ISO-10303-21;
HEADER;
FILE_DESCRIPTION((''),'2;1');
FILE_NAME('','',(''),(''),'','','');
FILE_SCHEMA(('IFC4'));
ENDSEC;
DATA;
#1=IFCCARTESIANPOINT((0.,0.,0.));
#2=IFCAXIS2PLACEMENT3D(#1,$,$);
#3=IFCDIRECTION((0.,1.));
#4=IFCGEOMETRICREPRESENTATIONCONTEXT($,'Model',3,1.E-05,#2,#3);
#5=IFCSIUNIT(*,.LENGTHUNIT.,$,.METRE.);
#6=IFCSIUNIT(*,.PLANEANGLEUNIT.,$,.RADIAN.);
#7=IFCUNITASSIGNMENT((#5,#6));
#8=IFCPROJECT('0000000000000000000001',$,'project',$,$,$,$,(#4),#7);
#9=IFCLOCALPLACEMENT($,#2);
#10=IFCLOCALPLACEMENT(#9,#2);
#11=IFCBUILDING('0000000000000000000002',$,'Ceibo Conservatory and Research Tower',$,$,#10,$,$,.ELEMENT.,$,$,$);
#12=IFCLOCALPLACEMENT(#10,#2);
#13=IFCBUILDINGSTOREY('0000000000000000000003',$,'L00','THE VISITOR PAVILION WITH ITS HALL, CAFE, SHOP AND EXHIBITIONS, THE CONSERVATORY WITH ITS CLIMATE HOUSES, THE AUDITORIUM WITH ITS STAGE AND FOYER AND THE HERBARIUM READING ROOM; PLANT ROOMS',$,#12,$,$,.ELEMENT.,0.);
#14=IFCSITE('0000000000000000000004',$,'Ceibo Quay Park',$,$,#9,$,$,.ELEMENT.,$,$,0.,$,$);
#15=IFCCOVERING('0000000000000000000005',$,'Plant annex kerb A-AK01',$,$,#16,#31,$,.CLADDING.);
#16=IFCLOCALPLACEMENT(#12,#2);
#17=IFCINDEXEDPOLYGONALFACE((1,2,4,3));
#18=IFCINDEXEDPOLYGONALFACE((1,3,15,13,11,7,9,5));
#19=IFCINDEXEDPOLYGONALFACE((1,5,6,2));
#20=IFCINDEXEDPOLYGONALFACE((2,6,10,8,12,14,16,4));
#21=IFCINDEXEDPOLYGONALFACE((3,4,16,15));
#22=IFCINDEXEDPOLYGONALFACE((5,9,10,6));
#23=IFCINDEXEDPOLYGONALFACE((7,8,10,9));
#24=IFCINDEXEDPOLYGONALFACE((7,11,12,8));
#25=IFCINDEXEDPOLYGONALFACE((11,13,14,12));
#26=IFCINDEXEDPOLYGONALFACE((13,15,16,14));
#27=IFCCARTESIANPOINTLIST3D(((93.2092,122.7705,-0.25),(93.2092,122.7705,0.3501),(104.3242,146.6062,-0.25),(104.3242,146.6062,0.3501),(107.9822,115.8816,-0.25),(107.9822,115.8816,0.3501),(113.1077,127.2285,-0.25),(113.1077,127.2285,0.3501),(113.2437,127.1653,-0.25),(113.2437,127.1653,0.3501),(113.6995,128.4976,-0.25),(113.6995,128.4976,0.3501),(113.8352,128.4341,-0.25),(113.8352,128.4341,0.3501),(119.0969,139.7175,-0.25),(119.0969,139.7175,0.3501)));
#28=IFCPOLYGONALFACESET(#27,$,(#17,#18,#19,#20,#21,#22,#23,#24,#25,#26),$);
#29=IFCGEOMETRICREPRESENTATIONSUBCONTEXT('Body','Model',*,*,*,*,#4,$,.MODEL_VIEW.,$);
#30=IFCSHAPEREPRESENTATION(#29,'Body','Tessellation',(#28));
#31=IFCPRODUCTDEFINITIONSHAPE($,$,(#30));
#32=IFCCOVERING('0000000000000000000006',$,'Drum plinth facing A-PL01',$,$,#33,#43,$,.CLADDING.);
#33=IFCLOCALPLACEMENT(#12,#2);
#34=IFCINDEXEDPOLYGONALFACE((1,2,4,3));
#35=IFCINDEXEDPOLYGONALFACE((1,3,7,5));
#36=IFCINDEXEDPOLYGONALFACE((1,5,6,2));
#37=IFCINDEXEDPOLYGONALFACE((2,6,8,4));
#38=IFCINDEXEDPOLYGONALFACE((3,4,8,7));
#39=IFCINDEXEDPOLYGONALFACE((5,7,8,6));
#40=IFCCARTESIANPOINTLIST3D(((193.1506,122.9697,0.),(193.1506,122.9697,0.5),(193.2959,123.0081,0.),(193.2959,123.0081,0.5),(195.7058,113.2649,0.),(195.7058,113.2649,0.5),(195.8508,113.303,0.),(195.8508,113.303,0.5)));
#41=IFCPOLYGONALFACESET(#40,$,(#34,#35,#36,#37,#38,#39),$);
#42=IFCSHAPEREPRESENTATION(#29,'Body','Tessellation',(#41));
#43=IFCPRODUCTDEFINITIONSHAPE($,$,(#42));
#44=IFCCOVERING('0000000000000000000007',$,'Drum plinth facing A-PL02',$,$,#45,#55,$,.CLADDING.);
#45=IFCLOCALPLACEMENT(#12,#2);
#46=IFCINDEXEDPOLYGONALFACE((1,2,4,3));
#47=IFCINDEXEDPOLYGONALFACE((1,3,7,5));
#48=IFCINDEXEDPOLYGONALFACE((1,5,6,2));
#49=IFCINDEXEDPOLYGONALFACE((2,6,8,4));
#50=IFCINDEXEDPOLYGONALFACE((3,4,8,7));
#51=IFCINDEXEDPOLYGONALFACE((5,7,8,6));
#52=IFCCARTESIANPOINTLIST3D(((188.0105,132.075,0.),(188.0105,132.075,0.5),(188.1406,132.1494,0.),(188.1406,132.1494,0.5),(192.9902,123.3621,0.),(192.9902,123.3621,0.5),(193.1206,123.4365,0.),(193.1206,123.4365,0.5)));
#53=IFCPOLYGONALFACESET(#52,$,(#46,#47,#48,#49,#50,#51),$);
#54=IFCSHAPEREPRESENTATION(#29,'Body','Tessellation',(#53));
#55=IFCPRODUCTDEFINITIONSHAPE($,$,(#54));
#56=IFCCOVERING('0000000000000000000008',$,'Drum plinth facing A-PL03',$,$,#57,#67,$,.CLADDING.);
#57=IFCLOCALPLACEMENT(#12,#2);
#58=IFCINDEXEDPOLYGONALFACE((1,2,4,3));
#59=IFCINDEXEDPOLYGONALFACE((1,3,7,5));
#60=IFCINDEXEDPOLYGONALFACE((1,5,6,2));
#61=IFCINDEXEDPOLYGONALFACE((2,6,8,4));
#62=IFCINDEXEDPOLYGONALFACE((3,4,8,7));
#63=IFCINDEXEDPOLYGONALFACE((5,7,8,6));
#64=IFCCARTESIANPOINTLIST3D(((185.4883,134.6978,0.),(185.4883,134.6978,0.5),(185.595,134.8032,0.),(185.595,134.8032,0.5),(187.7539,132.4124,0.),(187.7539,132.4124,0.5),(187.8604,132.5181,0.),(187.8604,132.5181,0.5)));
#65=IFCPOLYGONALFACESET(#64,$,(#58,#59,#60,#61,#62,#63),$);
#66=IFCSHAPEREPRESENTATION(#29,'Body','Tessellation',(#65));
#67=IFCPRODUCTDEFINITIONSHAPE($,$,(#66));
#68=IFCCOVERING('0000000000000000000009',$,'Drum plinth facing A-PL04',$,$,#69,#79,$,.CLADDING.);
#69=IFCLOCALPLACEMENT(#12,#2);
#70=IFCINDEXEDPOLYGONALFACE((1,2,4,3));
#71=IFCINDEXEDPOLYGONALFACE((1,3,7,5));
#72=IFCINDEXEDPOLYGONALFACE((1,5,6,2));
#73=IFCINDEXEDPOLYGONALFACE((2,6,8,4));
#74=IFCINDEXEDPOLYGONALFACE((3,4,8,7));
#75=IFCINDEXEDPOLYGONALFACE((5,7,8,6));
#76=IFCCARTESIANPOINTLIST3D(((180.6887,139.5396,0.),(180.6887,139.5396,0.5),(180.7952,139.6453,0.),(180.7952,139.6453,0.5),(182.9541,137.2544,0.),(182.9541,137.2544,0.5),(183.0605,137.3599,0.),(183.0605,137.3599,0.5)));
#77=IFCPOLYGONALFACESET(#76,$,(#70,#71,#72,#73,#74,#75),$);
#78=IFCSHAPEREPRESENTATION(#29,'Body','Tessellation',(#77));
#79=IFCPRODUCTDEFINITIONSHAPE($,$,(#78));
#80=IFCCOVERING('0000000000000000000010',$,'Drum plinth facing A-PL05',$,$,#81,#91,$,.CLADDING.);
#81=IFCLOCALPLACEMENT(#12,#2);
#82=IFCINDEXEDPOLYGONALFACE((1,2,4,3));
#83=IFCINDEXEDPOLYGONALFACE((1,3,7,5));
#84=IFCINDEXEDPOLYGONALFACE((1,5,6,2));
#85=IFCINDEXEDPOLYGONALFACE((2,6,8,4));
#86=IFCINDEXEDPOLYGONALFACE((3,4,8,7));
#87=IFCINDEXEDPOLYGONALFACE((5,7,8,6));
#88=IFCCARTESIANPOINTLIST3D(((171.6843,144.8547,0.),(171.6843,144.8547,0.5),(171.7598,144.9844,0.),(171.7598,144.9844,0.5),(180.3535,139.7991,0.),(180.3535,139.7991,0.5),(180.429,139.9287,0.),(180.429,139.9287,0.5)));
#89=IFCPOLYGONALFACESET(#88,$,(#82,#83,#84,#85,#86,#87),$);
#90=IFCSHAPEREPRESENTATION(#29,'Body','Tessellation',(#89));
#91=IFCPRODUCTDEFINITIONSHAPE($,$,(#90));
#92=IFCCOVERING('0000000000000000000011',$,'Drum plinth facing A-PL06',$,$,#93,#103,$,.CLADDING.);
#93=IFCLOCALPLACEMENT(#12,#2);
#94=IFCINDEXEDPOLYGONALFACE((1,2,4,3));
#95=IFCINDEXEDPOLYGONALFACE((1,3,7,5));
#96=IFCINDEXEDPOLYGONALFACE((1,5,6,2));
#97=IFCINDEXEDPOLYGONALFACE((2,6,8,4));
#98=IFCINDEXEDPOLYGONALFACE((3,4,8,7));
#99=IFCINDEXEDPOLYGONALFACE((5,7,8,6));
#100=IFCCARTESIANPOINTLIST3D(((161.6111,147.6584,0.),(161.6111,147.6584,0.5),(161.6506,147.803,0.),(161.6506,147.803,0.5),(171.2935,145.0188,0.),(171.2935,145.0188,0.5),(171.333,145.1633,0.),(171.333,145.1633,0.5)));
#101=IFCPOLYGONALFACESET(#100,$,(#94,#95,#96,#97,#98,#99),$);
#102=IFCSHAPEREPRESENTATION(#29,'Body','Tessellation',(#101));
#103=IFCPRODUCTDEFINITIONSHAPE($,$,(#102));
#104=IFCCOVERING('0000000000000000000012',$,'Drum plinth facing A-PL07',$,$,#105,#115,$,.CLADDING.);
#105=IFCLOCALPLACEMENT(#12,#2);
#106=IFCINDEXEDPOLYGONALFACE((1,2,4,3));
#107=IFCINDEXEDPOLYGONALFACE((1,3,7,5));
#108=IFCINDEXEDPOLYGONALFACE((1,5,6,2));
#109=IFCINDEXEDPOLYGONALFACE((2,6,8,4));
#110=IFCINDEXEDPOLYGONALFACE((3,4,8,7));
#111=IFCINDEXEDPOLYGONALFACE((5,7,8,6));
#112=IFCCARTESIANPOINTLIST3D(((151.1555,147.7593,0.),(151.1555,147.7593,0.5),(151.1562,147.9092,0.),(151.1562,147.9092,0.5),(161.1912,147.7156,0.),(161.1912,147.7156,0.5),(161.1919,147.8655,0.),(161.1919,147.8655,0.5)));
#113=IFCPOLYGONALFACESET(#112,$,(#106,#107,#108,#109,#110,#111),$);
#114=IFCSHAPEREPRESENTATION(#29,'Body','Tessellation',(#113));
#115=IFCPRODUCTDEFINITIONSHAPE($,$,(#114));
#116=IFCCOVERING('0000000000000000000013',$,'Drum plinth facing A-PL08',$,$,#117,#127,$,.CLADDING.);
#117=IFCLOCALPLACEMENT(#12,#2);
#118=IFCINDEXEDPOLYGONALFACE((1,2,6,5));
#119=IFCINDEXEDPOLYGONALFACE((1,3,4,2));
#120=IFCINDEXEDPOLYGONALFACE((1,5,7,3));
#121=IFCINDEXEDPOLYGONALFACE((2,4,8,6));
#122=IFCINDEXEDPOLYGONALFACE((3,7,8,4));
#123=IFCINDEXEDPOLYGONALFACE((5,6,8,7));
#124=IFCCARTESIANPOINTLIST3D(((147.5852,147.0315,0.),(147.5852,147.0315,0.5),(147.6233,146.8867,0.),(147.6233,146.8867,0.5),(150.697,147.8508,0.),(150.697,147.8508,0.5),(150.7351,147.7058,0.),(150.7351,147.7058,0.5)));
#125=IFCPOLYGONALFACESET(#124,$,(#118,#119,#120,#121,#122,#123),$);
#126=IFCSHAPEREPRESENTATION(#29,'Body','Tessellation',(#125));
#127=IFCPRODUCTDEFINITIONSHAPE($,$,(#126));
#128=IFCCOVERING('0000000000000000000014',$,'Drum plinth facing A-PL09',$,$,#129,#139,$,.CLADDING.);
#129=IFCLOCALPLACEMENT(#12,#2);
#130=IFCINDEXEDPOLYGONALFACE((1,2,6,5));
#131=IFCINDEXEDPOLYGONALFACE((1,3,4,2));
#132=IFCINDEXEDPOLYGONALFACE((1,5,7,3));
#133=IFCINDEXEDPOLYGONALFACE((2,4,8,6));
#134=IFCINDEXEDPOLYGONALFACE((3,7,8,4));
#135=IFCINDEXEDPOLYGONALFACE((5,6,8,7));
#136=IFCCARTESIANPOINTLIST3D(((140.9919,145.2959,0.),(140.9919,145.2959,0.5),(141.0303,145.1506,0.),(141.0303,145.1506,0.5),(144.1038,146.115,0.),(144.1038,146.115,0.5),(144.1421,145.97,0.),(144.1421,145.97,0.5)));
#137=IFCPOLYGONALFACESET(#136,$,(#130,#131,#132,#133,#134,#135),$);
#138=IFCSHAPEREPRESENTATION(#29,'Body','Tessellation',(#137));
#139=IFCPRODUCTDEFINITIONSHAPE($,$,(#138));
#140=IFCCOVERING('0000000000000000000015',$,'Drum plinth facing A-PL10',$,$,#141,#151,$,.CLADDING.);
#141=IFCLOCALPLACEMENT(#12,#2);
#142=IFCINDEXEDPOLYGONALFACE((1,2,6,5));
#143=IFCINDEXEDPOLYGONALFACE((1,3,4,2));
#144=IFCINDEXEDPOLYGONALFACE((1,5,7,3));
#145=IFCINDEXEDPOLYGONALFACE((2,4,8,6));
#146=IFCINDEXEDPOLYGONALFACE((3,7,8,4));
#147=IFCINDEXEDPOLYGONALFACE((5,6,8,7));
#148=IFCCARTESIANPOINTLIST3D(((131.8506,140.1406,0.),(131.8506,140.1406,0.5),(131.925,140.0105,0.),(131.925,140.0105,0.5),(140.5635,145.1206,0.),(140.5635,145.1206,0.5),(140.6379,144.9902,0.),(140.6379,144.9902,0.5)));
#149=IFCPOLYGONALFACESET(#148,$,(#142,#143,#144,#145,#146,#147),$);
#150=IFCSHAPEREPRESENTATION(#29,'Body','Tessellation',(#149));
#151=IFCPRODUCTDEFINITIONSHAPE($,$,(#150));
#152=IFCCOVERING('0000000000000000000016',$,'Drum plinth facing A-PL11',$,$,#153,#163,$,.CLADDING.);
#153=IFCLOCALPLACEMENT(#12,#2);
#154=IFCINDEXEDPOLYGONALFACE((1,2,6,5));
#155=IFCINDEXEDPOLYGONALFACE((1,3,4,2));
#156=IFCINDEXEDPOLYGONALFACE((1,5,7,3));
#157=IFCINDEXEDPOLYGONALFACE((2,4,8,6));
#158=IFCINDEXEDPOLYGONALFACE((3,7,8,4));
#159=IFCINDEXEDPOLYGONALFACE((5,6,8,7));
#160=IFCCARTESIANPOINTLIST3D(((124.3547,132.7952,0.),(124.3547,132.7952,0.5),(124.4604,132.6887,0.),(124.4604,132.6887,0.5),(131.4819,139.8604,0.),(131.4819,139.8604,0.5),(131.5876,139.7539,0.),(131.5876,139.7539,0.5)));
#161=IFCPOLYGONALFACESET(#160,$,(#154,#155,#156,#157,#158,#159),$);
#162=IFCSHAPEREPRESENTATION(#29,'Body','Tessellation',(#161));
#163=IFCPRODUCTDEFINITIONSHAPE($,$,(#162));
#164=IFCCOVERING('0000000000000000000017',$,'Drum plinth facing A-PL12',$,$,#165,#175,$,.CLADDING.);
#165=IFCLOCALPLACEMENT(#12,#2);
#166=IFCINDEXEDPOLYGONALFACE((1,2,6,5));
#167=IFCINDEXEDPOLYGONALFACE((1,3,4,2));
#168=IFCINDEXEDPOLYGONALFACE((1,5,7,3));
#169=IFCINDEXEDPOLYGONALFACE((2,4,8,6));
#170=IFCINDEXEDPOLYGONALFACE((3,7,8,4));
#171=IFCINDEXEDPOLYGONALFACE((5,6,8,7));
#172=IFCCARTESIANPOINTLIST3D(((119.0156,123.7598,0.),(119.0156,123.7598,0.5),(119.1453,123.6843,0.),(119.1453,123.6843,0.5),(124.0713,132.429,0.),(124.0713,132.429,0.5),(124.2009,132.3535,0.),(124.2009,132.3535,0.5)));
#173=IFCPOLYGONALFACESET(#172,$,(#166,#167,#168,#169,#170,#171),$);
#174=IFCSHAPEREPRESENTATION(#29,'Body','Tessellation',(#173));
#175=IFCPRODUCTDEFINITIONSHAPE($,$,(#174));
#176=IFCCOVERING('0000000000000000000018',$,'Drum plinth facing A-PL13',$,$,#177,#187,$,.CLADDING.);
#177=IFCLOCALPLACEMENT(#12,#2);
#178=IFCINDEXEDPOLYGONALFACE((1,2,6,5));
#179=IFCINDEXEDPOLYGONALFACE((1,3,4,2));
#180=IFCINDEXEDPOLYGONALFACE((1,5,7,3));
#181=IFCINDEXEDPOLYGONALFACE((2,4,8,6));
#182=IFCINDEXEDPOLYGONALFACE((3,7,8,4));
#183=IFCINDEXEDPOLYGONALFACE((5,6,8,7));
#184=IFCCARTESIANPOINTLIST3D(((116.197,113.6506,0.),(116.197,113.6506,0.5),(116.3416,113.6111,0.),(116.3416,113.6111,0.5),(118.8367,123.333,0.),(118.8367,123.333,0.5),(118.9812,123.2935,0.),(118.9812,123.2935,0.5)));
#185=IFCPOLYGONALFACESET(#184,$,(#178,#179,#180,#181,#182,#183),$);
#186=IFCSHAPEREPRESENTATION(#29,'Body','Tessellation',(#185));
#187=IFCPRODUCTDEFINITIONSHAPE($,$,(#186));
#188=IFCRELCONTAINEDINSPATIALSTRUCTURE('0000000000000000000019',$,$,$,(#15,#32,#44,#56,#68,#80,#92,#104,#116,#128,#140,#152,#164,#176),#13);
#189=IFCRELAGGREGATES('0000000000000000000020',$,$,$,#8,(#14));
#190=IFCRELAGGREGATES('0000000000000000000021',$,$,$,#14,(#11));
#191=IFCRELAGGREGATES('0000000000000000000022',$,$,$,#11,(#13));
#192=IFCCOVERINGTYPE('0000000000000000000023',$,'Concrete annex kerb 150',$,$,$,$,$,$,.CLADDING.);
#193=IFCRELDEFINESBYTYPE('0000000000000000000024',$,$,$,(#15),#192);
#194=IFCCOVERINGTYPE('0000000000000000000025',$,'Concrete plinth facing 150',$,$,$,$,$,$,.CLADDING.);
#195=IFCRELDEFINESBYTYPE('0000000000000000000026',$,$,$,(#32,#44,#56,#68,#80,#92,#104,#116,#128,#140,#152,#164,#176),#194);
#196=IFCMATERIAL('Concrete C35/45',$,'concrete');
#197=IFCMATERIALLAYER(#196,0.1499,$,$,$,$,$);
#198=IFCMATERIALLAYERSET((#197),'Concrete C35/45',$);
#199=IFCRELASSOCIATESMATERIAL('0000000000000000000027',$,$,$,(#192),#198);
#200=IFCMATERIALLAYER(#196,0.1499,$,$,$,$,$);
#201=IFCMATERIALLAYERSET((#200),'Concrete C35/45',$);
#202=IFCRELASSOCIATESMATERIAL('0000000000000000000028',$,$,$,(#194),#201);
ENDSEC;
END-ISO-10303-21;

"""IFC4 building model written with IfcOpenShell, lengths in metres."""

from ifc_helpers import new_model, si_unit, direction, frame, origin, place, context, subcontext, project, spatial, polyline, outline, extrude, material, layer, layer_set, type_object, element, save


model = new_model("IFC4")

# Units and contexts
model_context = context("Model", 3, precision=1e-05, world=origin(), true_north=direction((0.0, 1.0)))
body_context = subcontext(model_context, "Body", "Model", "MODEL_VIEW")
ifc_project = project(units=[si_unit("LENGTHUNIT", "METRE"), si_unit("PLANEANGLEUNIT", "RADIAN")], contexts=[model_context])

# Site, building, storey
site_placement = place(None, origin())
site = spatial("IfcSite", under=ifc_project, at=site_placement, Name="Ceibo Quay Park", CompositionType="ELEMENT", RefElevation=0.0)
building_placement = place(site_placement, origin())
building = spatial("IfcBuilding", under=site, at=building_placement, Name="Ceibo Conservatory and Research Tower", CompositionType="ELEMENT")
storey_placement = place(building_placement, origin())
storey = spatial("IfcBuildingStorey", under=building, at=storey_placement, Name="L00", Description="THE VISITOR PAVILION WITH ITS HALL, CAFE, SHOP AND EXHIBITIONS, THE CONSERVATORY WITH ITS CLIMATE HOUSES, THE AUDITORIUM WITH ITS STAGE AND FOYER AND THE HERBARIUM READING ROOM; PLANT ROOMS", CompositionType="ELEMENT", Elevation=0.0)

# Shared definitions
ifc_material_1 = material(Name="Concrete C35/45", Category="concrete")

# Coverings
ifc_layer_1 = layer(ifc_material_1, 0.1499)
ifc_layer_set_1 = layer_set([ifc_layer_1], Name="Concrete C35/45")
covering_type_1 = type_object("IfcCoveringType", Name="Concrete annex kerb 150", PredefinedType="CLADDING", material=ifc_layer_set_1)
covering_1_placement = place(storey_placement, frame((0.0, 0.0, -0.25)))
element("IfcCovering", 1, at=covering_1_placement, inside=storey, type_object=covering_type_1, Name="Plant annex kerb A-AK01", PredefinedType="CLADDING", context=body_context, shape_type="SweptSolid", body=[
    extrude(outline(polyline([(113.8352, 128.4341), (113.6995, 128.4976), (113.1077, 127.2285), (113.2437, 127.1653), (107.9822, 115.8816), (93.2092, 122.7705), (104.3242, 146.6062), (119.0969, 139.7175), (113.8352, 128.4341)])), origin(), (0.0, 0.0, 1.0), 0.6001),
])
ifc_layer_2 = layer(ifc_material_1, 0.1499)
ifc_layer_set_2 = layer_set([ifc_layer_2], Name="Concrete C35/45")
covering_type_2 = type_object("IfcCoveringType", Name="Concrete plinth facing 150", PredefinedType="CLADDING", material=ifc_layer_set_2)
covering_2_placement = place(storey_placement, origin())
element("IfcCovering", 2, at=covering_2_placement, inside=storey, type_object=covering_type_2, Name="Drum plinth facing A-PL01", PredefinedType="CLADDING", context=body_context, shape_type="SweptSolid", body=[
    extrude(outline(polyline([(195.7058, 113.2649), (193.1506, 122.9697), (193.2959, 123.0081), (195.8508, 113.303), (195.7058, 113.2649)])), origin(), (0.0, 0.0, 1.0), 0.5),
])
covering_3_placement = place(storey_placement, origin())
element("IfcCovering", 3, at=covering_3_placement, inside=storey, type_object=covering_type_2, Name="Drum plinth facing A-PL02", PredefinedType="CLADDING", context=body_context, shape_type="SweptSolid", body=[
    extrude(outline(polyline([(192.9902, 123.3621), (188.0105, 132.075), (188.1406, 132.1494), (193.1206, 123.4365), (192.9902, 123.3621)])), origin(), (0.0, 0.0, 1.0), 0.5),
])
covering_4_placement = place(storey_placement, origin())
element("IfcCovering", 4, at=covering_4_placement, inside=storey, type_object=covering_type_2, Name="Drum plinth facing A-PL03", PredefinedType="CLADDING", context=body_context, shape_type="SweptSolid", body=[
    extrude(outline(polyline([(187.7539, 132.4124), (185.4883, 134.6978), (185.595, 134.8032), (187.8604, 132.5181), (187.7539, 132.4124)])), origin(), (0.0, 0.0, 1.0), 0.5),
])
covering_5_placement = place(storey_placement, origin())
element("IfcCovering", 5, at=covering_5_placement, inside=storey, type_object=covering_type_2, Name="Drum plinth facing A-PL04", PredefinedType="CLADDING", context=body_context, shape_type="SweptSolid", body=[
    extrude(outline(polyline([(182.9541, 137.2544), (180.6887, 139.5396), (180.7952, 139.6453), (183.0605, 137.3599), (182.9541, 137.2544)])), origin(), (0.0, 0.0, 1.0), 0.5),
])
covering_6_placement = place(storey_placement, origin())
element("IfcCovering", 6, at=covering_6_placement, inside=storey, type_object=covering_type_2, Name="Drum plinth facing A-PL05", PredefinedType="CLADDING", context=body_context, shape_type="SweptSolid", body=[
    extrude(outline(polyline([(180.3535, 139.7991), (171.6843, 144.8547), (171.7598, 144.9844), (180.429, 139.9287), (180.3535, 139.7991)])), origin(), (0.0, 0.0, 1.0), 0.5),
])
covering_7_placement = place(storey_placement, origin())
element("IfcCovering", 7, at=covering_7_placement, inside=storey, type_object=covering_type_2, Name="Drum plinth facing A-PL06", PredefinedType="CLADDING", context=body_context, shape_type="SweptSolid", body=[
    extrude(outline(polyline([(171.2935, 145.0188), (161.6111, 147.6584), (161.6506, 147.803), (171.333, 145.1633), (171.2935, 145.0188)])), origin(), (0.0, 0.0, 1.0), 0.5),
])
covering_8_placement = place(storey_placement, origin())
element("IfcCovering", 8, at=covering_8_placement, inside=storey, type_object=covering_type_2, Name="Drum plinth facing A-PL07", PredefinedType="CLADDING", context=body_context, shape_type="SweptSolid", body=[
    extrude(outline(polyline([(161.1912, 147.7156), (151.1555, 147.7593), (151.1562, 147.9092), (161.1919, 147.8655), (161.1912, 147.7156)])), origin(), (0.0, 0.0, 1.0), 0.5),
])
covering_9_placement = place(storey_placement, origin())
element("IfcCovering", 9, at=covering_9_placement, inside=storey, type_object=covering_type_2, Name="Drum plinth facing A-PL08", PredefinedType="CLADDING", context=body_context, shape_type="SweptSolid", body=[
    extrude(outline(polyline([(150.7351, 147.7058), (147.6233, 146.8867), (147.5852, 147.0315), (150.697, 147.8508), (150.7351, 147.7058)])), origin(), (0.0, 0.0, 1.0), 0.5),
])
covering_10_placement = place(storey_placement, origin())
element("IfcCovering", 10, at=covering_10_placement, inside=storey, type_object=covering_type_2, Name="Drum plinth facing A-PL09", PredefinedType="CLADDING", context=body_context, shape_type="SweptSolid", body=[
    extrude(outline(polyline([(144.1421, 145.97), (141.0303, 145.1506), (140.9919, 145.2959), (144.1038, 146.115), (144.1421, 145.97)])), origin(), (0.0, 0.0, 1.0), 0.5),
])
covering_11_placement = place(storey_placement, origin())
element("IfcCovering", 11, at=covering_11_placement, inside=storey, type_object=covering_type_2, Name="Drum plinth facing A-PL10", PredefinedType="CLADDING", context=body_context, shape_type="SweptSolid", body=[
    extrude(outline(polyline([(140.6379, 144.9902), (131.925, 140.0105), (131.8506, 140.1406), (140.5635, 145.1206), (140.6379, 144.9902)])), origin(), (0.0, 0.0, 1.0), 0.5),
])
covering_12_placement = place(storey_placement, origin())
element("IfcCovering", 12, at=covering_12_placement, inside=storey, type_object=covering_type_2, Name="Drum plinth facing A-PL11", PredefinedType="CLADDING", context=body_context, shape_type="SweptSolid", body=[
    extrude(outline(polyline([(131.5876, 139.7539), (124.4604, 132.6887), (124.3547, 132.7952), (131.4819, 139.8604), (131.5876, 139.7539)])), origin(), (0.0, 0.0, 1.0), 0.5),
])
covering_13_placement = place(storey_placement, origin())
element("IfcCovering", 13, at=covering_13_placement, inside=storey, type_object=covering_type_2, Name="Drum plinth facing A-PL12", PredefinedType="CLADDING", context=body_context, shape_type="SweptSolid", body=[
    extrude(outline(polyline([(124.2009, 132.3535), (119.1453, 123.6843), (119.0156, 123.7598), (124.0713, 132.429), (124.2009, 132.3535)])), origin(), (0.0, 0.0, 1.0), 0.5),
])
covering_14_placement = place(storey_placement, origin())
element("IfcCovering", 14, at=covering_14_placement, inside=storey, type_object=covering_type_2, Name="Drum plinth facing A-PL13", PredefinedType="CLADDING", context=body_context, shape_type="SweptSolid", body=[
    extrude(outline(polyline([(118.9812, 123.2935), (116.3416, 113.6111), (116.197, 113.6506), (118.8367, 123.333), (118.9812, 123.2935)])), origin(), (0.0, 0.0, 1.0), 0.5),
])

save(model, "model.ifc")
